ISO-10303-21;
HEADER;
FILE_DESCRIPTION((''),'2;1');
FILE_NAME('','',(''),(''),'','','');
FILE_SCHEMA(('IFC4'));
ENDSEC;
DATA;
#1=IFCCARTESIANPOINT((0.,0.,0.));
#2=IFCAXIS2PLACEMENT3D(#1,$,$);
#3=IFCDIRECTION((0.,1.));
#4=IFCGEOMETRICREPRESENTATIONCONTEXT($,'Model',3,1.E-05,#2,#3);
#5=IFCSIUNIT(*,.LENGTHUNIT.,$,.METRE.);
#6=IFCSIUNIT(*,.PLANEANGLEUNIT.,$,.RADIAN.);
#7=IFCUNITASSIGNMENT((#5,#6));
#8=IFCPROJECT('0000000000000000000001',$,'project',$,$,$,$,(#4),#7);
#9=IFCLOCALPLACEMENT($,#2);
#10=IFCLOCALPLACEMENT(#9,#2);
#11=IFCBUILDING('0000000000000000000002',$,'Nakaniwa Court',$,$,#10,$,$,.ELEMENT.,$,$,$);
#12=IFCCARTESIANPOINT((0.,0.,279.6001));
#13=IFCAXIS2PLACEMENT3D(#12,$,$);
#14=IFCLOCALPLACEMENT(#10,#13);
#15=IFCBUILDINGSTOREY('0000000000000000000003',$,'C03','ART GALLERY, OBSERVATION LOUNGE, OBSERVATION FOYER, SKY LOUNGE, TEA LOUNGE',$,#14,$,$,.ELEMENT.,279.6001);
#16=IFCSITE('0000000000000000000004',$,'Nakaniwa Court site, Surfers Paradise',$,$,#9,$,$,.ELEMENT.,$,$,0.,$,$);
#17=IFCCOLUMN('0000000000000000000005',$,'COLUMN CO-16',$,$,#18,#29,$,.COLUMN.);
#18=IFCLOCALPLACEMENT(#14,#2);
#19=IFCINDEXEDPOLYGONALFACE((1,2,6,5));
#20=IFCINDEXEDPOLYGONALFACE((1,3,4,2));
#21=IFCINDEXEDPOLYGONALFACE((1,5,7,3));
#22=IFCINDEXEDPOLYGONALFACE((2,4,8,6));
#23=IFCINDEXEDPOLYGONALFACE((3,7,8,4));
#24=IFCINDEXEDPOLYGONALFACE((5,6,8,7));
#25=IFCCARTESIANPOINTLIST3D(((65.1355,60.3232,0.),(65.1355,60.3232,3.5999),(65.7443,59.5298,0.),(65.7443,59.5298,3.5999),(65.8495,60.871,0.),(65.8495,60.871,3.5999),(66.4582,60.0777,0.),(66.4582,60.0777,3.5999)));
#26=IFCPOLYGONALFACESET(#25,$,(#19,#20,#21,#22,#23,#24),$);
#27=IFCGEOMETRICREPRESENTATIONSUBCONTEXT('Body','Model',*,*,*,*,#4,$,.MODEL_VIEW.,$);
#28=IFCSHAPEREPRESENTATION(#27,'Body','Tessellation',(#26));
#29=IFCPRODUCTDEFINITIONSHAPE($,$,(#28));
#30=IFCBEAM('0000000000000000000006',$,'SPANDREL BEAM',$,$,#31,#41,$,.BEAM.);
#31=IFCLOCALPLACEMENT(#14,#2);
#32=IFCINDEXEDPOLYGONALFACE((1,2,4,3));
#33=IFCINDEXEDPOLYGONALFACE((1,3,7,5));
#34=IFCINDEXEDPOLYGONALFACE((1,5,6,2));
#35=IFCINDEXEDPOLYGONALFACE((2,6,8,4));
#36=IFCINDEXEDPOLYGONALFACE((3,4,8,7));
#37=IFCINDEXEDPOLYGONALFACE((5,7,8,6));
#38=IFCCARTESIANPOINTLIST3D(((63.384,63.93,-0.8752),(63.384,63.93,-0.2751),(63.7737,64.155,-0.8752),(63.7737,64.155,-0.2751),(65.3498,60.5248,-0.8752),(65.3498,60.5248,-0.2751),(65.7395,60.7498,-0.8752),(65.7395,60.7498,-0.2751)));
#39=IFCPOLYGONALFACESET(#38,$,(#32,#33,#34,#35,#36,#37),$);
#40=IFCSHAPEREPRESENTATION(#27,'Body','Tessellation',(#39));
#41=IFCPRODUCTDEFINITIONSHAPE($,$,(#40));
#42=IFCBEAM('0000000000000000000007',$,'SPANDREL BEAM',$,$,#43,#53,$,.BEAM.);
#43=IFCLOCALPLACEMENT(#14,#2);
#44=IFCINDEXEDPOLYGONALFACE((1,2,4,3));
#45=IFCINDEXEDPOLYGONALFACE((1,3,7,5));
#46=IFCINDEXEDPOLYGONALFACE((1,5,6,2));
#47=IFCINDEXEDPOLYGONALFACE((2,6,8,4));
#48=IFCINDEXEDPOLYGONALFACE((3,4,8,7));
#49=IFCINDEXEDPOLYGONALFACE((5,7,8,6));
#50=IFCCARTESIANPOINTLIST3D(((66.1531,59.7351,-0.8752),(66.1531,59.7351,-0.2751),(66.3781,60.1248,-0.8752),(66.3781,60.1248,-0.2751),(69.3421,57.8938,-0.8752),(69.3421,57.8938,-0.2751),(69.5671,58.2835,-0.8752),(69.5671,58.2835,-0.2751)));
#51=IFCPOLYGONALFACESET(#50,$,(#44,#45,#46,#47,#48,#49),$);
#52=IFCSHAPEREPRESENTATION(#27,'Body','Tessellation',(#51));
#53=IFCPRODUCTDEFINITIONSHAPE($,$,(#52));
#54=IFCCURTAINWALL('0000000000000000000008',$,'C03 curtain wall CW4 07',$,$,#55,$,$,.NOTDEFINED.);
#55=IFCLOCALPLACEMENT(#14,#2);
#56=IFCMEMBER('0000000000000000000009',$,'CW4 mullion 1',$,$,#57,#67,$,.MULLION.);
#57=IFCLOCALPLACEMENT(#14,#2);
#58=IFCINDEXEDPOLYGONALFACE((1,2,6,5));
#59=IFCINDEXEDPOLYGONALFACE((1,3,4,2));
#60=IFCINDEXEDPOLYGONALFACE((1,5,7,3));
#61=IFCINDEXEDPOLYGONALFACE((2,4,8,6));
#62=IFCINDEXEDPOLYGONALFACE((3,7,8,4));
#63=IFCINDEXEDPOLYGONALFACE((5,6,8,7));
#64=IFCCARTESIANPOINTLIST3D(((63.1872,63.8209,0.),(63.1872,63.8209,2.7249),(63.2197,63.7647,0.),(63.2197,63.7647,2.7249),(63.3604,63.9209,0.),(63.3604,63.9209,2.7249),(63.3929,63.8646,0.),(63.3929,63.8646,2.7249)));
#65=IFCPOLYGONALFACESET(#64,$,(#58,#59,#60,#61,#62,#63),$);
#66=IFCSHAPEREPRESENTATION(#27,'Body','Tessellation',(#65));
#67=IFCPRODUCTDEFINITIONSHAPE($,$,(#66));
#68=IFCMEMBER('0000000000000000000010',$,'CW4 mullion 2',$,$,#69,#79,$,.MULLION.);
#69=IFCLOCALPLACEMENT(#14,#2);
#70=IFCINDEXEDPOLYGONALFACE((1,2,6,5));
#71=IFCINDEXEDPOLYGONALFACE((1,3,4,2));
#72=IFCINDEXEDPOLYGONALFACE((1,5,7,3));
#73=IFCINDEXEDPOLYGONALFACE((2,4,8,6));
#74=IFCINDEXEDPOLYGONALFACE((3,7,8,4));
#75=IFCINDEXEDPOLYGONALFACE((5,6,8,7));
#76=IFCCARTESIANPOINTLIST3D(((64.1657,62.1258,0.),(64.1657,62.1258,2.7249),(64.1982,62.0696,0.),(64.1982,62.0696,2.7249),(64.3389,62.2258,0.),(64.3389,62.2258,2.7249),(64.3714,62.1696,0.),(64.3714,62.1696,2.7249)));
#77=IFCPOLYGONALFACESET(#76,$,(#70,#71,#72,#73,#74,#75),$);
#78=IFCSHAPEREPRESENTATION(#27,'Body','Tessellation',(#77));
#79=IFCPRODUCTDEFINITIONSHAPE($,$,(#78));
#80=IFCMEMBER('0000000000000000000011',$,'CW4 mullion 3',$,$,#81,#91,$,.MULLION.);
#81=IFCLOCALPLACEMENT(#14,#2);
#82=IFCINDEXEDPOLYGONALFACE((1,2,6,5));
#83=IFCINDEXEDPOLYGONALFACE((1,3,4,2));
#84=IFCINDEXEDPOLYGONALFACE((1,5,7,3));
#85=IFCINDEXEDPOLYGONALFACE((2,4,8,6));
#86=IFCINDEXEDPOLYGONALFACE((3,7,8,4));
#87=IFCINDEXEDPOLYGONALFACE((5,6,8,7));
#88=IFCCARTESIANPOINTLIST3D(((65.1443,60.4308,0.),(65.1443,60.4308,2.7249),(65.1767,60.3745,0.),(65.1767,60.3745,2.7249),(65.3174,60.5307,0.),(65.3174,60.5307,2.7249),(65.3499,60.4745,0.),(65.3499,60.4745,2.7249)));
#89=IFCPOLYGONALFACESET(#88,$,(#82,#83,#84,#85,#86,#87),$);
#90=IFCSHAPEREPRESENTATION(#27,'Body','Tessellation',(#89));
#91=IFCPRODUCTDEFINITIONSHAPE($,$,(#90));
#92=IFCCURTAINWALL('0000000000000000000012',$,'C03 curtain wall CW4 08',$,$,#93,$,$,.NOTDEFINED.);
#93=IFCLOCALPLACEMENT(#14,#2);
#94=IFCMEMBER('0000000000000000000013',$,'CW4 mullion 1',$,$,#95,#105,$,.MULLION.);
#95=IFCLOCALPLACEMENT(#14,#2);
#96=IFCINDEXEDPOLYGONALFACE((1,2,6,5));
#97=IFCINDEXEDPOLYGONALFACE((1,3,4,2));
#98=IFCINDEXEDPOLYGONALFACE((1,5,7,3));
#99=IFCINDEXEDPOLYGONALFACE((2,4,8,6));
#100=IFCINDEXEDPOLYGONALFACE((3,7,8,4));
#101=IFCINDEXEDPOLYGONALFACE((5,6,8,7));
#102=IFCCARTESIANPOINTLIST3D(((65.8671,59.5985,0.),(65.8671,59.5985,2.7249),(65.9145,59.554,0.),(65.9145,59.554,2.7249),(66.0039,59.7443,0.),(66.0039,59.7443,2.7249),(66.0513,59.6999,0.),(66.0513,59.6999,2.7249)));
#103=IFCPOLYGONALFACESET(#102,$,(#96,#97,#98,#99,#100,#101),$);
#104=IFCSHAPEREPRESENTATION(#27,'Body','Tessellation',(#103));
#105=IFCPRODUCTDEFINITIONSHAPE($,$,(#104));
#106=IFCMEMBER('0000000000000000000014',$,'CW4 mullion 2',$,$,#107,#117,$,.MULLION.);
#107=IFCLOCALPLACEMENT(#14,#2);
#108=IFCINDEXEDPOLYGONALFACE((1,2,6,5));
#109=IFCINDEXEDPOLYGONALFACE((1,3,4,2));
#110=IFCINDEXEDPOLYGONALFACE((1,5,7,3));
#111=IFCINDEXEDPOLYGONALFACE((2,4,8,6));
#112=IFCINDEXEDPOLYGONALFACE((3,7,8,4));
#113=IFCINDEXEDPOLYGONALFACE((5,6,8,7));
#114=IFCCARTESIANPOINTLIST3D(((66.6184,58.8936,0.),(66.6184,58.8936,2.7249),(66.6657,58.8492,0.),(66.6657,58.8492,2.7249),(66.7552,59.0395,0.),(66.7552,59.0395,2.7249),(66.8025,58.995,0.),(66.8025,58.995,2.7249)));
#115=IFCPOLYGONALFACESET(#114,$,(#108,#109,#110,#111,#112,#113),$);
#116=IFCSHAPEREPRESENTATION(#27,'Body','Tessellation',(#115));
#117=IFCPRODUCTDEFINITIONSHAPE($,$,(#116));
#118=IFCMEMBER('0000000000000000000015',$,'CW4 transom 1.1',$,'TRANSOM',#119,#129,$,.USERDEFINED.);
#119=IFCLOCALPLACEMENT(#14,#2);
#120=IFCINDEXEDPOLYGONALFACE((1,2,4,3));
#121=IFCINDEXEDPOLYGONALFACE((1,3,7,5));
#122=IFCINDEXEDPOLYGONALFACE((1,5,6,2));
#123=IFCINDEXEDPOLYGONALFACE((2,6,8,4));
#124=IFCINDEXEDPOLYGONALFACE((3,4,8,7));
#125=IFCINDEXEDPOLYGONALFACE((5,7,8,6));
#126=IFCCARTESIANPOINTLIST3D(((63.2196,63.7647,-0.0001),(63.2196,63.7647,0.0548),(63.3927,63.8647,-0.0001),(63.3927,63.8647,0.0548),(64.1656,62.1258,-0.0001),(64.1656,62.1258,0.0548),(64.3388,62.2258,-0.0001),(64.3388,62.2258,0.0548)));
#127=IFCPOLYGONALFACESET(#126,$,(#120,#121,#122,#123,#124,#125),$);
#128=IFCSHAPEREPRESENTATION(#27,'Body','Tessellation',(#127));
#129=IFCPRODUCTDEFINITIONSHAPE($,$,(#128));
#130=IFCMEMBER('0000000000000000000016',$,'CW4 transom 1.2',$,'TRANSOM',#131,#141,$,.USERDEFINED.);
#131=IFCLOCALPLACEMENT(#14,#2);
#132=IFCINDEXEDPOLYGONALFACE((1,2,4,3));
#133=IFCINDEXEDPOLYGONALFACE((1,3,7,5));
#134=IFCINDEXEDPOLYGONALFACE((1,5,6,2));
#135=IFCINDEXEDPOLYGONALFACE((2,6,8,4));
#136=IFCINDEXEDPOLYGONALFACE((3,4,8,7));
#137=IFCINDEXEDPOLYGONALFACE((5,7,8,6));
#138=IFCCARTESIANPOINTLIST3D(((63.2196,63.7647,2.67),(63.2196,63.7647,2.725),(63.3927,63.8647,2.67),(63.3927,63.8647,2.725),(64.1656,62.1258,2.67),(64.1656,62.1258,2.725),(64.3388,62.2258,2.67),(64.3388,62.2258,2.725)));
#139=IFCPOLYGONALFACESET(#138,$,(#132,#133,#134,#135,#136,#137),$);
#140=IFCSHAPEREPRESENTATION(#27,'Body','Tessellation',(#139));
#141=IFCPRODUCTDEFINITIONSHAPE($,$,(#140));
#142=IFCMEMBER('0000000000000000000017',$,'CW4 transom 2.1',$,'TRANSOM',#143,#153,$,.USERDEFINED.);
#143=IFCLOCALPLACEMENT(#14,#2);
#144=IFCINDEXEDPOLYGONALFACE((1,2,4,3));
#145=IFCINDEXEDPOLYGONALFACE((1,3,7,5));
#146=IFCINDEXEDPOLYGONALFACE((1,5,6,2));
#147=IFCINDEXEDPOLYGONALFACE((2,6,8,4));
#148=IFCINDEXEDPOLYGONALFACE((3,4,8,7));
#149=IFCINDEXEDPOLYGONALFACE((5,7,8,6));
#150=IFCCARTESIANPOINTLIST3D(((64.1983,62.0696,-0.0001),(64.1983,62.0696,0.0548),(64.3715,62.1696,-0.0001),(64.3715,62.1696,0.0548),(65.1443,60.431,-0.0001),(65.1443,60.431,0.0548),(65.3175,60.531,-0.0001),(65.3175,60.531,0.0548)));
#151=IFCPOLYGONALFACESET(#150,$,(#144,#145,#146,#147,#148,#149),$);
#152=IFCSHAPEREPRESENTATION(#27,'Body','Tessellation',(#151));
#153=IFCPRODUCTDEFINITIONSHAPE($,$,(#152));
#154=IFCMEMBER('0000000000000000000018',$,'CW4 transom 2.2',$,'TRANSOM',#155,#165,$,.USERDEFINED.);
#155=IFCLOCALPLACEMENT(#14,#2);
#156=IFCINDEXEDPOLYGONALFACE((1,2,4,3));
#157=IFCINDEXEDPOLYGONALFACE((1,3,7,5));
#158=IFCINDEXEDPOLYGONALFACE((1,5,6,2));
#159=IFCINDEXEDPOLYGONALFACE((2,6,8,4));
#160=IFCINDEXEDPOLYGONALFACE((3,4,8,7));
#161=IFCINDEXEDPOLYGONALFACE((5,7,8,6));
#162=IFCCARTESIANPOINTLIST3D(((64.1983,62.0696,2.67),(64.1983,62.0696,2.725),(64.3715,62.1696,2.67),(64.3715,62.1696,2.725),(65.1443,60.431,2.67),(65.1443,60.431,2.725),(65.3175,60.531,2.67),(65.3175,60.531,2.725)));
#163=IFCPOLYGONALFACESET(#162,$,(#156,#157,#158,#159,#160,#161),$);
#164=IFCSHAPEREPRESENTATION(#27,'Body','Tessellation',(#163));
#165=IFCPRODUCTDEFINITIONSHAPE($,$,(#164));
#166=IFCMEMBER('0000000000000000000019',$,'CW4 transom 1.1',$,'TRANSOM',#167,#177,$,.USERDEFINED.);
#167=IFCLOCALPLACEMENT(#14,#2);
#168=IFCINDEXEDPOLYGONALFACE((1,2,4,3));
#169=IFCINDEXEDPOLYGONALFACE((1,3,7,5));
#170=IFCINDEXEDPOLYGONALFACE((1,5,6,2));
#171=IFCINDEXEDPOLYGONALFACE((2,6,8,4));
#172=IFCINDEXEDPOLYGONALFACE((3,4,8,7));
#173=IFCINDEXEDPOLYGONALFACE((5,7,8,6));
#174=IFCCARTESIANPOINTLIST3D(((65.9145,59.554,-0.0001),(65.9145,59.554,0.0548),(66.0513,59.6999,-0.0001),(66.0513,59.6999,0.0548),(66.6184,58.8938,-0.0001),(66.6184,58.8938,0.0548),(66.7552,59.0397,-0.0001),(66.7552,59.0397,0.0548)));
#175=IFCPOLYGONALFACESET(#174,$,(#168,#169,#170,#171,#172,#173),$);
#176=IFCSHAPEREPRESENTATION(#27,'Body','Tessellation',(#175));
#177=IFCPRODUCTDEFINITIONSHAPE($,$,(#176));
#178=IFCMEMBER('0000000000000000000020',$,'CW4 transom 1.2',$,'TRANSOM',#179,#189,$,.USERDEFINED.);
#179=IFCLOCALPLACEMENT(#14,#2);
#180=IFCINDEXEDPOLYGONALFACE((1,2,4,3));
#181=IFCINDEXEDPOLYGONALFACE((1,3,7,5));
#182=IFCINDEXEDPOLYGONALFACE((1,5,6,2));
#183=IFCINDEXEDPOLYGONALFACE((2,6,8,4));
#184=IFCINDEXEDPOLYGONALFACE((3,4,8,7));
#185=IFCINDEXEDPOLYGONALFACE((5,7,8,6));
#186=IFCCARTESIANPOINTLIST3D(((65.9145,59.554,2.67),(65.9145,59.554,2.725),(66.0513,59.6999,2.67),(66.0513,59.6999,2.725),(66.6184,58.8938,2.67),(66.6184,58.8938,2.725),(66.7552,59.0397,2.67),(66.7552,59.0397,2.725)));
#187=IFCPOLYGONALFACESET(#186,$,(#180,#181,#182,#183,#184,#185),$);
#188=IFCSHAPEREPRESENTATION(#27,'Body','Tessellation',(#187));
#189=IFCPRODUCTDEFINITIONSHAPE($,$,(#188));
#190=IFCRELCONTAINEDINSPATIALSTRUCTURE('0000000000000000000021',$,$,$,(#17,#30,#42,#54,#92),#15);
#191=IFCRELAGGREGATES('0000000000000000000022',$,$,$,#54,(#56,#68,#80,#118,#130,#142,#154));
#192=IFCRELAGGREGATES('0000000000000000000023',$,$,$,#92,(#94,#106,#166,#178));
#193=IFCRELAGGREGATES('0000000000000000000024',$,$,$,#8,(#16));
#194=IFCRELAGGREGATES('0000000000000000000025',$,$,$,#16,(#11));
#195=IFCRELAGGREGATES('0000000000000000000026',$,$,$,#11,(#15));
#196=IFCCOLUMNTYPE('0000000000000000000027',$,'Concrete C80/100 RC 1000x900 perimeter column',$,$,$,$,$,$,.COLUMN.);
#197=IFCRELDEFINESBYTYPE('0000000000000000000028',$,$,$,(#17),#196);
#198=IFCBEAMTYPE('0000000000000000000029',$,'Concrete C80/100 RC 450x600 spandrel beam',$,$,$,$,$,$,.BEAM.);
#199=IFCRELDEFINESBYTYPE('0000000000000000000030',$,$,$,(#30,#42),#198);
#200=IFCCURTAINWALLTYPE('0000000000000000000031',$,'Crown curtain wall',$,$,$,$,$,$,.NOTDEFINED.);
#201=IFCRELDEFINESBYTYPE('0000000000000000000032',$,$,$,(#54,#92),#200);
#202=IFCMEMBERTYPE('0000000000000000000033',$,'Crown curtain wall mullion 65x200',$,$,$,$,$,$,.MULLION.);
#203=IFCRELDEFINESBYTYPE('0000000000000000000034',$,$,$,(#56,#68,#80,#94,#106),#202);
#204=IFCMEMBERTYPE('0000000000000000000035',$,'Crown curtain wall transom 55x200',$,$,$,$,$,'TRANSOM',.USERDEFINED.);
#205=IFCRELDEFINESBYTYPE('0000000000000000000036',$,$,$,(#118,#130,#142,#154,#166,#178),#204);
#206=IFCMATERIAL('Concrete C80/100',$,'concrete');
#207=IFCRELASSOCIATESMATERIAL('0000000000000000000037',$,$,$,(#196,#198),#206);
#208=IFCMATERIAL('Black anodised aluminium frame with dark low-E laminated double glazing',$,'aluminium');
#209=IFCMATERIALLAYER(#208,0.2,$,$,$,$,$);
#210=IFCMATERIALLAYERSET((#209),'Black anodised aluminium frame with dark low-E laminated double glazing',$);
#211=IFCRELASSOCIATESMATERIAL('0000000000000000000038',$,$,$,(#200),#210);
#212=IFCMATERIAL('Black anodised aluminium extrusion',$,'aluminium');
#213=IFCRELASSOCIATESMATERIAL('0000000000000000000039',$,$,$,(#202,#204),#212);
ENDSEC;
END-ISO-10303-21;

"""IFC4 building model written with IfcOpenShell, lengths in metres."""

from ifc_helpers import new_model, si_unit, direction, frame, origin, origin_2d, place, context, subcontext, project, spatial, rectangle, extrude, material, layer, layer_set, material_profile, profile_set, type_object, element, aggregate, save


model = new_model("IFC4")

# Units and contexts
model_context = context("Model", 3, precision=1e-05, world=origin(), true_north=direction((0.0, 1.0)))
body_context = subcontext(model_context, "Body", "Model", "MODEL_VIEW")
ifc_project = project(units=[si_unit("LENGTHUNIT", "METRE"), si_unit("PLANEANGLEUNIT", "RADIAN")], contexts=[model_context])

# Site, building, storey
site_placement = place(None, origin())
site = spatial("IfcSite", under=ifc_project, at=site_placement, Name="Nakaniwa Court site, Surfers Paradise", CompositionType="ELEMENT", RefElevation=0.0)
building_placement = place(site_placement, origin())
building = spatial("IfcBuilding", under=site, at=building_placement, Name="Nakaniwa Court", CompositionType="ELEMENT")
storey_placement = place(building_placement, frame((0.0, 0.0, 279.6001)))
storey = spatial("IfcBuildingStorey", under=building, at=storey_placement, Name="C03", Description="ART GALLERY, OBSERVATION LOUNGE, OBSERVATION FOYER, SKY LOUNGE, TEA LOUNGE", CompositionType="ELEMENT", Elevation=279.6001)

# Column
ifc_material_1 = material(Name="Concrete C80/100", Category="concrete")
ifc_material_profile_1 = material_profile(ifc_material_1, rectangle(XDim=1.0, YDim=0.8999, at=origin_2d()), Name="Concrete C80/100 RC 1000x900 perimeter column")
ifc_profile_set_1 = profile_set([ifc_material_profile_1], Name="Concrete C80/100")
column_type = type_object("IfcColumnType", Name="Concrete C80/100 RC 1000x900 perimeter column", PredefinedType="COLUMN", material=ifc_profile_set_1)
column_placement = place(storey_placement, frame((65.7969, 60.2004, 0.0), z_axis=(0.0, 0.0, 1.0), x_axis=(0.608761, -0.793353, 0.0)))
element("IfcColumn", 1, at=column_placement, inside=storey, type_object=column_type, Name="COLUMN CO-16", PredefinedType="COLUMN", context=body_context, shape_type="SweptSolid", body=[
    extrude(rectangle(XDim=1.0, YDim=0.8999, at=origin_2d()), origin(), (0.0, 0.0, 1.0), 3.5999),
])

# Beams
ifc_material_profile_2 = material_profile(ifc_material_1, rectangle(XDim=0.45, YDim=0.6001, at=origin_2d()), Name="Concrete C80/100 RC 450x600 spandrel beam")
ifc_profile_set_2 = profile_set([ifc_material_profile_2], Name="Concrete C80/100")
beam_type = type_object("IfcBeamType", Name="Concrete C80/100 RC 450x600 spandrel beam", PredefinedType="BEAM", material=ifc_profile_set_2)
beam_1_placement = place(storey_placement, frame((63.5789, 64.0425, -0.5752), z_axis=(0.499959, -0.866049, 0.0), x_axis=(0.866049, 0.499959, 0.0)))
element("IfcBeam", 2, at=beam_1_placement, inside=storey, type_object=beam_type, Name="SPANDREL BEAM", PredefinedType="BEAM", context=body_context, shape_type="SweptSolid", body=[
    extrude(rectangle(XDim=0.45, YDim=0.6001, at=origin_2d()), origin(), (0.0, 0.0, 1.0), 3.9319),
])
beam_2_placement = place(storey_placement, frame((66.2656, 59.9299, -0.5752), z_axis=(0.866007, -0.500032, 0.0), x_axis=(0.500032, 0.866007, 0.0)))
element("IfcBeam", 3, at=beam_2_placement, inside=storey, type_object=beam_type, Name="SPANDREL BEAM", PredefinedType="BEAM", context=body_context, shape_type="SweptSolid", body=[
    extrude(rectangle(XDim=0.45, YDim=0.6001, at=origin_2d()), origin(), (0.0, 0.0, 1.0), 3.6824),
])

# Curtain walls, members
ifc_material_2 = material(Name="Black anodised aluminium frame with dark low-E laminated double glazing", Category="aluminium")
ifc_layer_1 = layer(ifc_material_2, 0.2)
ifc_layer_set_1 = layer_set([ifc_layer_1], Name="Black anodised aluminium frame with dark low-E laminated double glazing")
curtain_wall_type = type_object("IfcCurtainWallType", Name="Crown curtain wall", PredefinedType="NOTDEFINED", material=ifc_layer_set_1)
curtain_wall_1_placement = place(storey_placement, origin())
curtain_wall_1 = element("IfcCurtainWall", 4, at=curtain_wall_1_placement, inside=storey, type_object=curtain_wall_type, Name="C03 curtain wall CW4 07", PredefinedType="NOTDEFINED")
ifc_material_3 = material(Name="Black anodised aluminium extrusion", Category="aluminium")
ifc_material_profile_3 = material_profile(ifc_material_3, rectangle(XDim=0.2, YDim=0.0649, at=origin_2d()), Name="Crown curtain wall mullion 65x200")
ifc_profile_set_3 = profile_set([ifc_material_profile_3], Name="Black anodised aluminium extrusion")
member_type_1 = type_object("IfcMemberType", Name="Crown curtain wall mullion 65x200", PredefinedType="MULLION", material=ifc_profile_set_3)
member_1_placement = place(storey_placement, frame((63.29, 63.8428, 0.0), z_axis=(0.0, 0.0, 1.0), x_axis=(0.866028, 0.499996, 0.0)))
member_1 = element("IfcMember", 5, at=member_1_placement, type_object=member_type_1, Name="CW4 mullion 1", PredefinedType="MULLION", context=body_context, shape_type="SweptSolid", body=[
    extrude(rectangle(XDim=0.2, YDim=0.0649, at=origin_2d()), origin(), (0.0, 0.0, 1.0), 2.7249),
])
member_2_placement = place(storey_placement, frame((64.2686, 62.1477, 0.0), z_axis=(0.0, 0.0, 1.0), x_axis=(0.866028, 0.499996, 0.0)))
member_2 = element("IfcMember", 6, at=member_2_placement, type_object=member_type_1, Name="CW4 mullion 2", PredefinedType="MULLION", context=body_context, shape_type="SweptSolid", body=[
    extrude(rectangle(XDim=0.2, YDim=0.0649, at=origin_2d()), origin(), (0.0, 0.0, 1.0), 2.7249),
])
member_3_placement = place(storey_placement, frame((65.2471, 60.4526, 0.0), z_axis=(0.0, 0.0, 1.0), x_axis=(0.866028, 0.499996, 0.0)))
member_3 = element("IfcMember", 7, at=member_3_placement, type_object=member_type_1, Name="CW4 mullion 3", PredefinedType="MULLION", context=body_context, shape_type="SweptSolid", body=[
    extrude(rectangle(XDim=0.2, YDim=0.0649, at=origin_2d()), origin(), (0.0, 0.0, 1.0), 2.7249),
])
curtain_wall_2_placement = place(storey_placement, origin())
curtain_wall_2 = element("IfcCurtainWall", 8, at=curtain_wall_2_placement, inside=storey, type_object=curtain_wall_type, Name="C03 curtain wall CW4 08", PredefinedType="NOTDEFINED")
member_4_placement = place(storey_placement, frame((65.9592, 59.6492, 0.0), z_axis=(0.0, 0.0, 1.0), x_axis=(0.684182, 0.729311, 0.0)))
member_4 = element("IfcMember", 9, at=member_4_placement, type_object=member_type_1, Name="CW4 mullion 1", PredefinedType="MULLION", context=body_context, shape_type="SweptSolid", body=[
    extrude(rectangle(XDim=0.2, YDim=0.0649, at=origin_2d()), origin(), (0.0, 0.0, 1.0), 2.7249),
])
member_5_placement = place(storey_placement, frame((66.7104, 58.9443, 0.0), z_axis=(0.0, 0.0, 1.0), x_axis=(0.684182, 0.729311, 0.0)))
member_5 = element("IfcMember", 10, at=member_5_placement, type_object=member_type_1, Name="CW4 mullion 2", PredefinedType="MULLION", context=body_context, shape_type="SweptSolid", body=[
    extrude(rectangle(XDim=0.2, YDim=0.0649, at=origin_2d()), origin(), (0.0, 0.0, 1.0), 2.7249),
])

# Members
ifc_material_profile_4 = material_profile(ifc_material_3, rectangle(XDim=0.2, YDim=0.0549, at=origin_2d()), Name="Crown curtain wall transom 55x200")
ifc_profile_set_4 = profile_set([ifc_material_profile_4], Name="Black anodised aluminium extrusion")
member_type_2 = type_object("IfcMemberType", Name="Crown curtain wall transom 55x200", ElementType="TRANSOM", PredefinedType="USERDEFINED", material=ifc_profile_set_4)
member_6_placement = place(storey_placement, frame((63.3062, 63.8147, 0.0273), z_axis=(0.499927, -0.866067, 0.0), x_axis=(0.866067, 0.499927, 0.0)))
member_6 = element("IfcMember", 11, at=member_6_placement, type_object=member_type_2, Name="CW4 transom 1.1", ObjectType="TRANSOM", PredefinedType="USERDEFINED", context=body_context, shape_type="SweptSolid", body=[
    extrude(rectangle(XDim=0.2, YDim=0.0549, at=origin_2d()), origin(), (0.0, 0.0, 1.0), 1.8923),
])
member_7_placement = place(storey_placement, frame((63.3062, 63.8147, 2.6975), z_axis=(0.499927, -0.866067, 0.0), x_axis=(0.866067, 0.499927, 0.0)))
member_7 = element("IfcMember", 12, at=member_7_placement, type_object=member_type_2, Name="CW4 transom 1.2", ObjectType="TRANSOM", PredefinedType="USERDEFINED", context=body_context, shape_type="SweptSolid", body=[
    extrude(rectangle(XDim=0.2, YDim=0.0549, at=origin_2d()), origin(), (0.0, 0.0, 1.0), 1.8923),
])
member_8_placement = place(storey_placement, frame((64.2849, 62.1196, 0.0273), z_axis=(0.499983, -0.866035, 0.0), x_axis=(0.866035, 0.499983, 0.0)))
member_8 = element("IfcMember", 13, at=member_8_placement, type_object=member_type_2, Name="CW4 transom 2.1", ObjectType="TRANSOM", PredefinedType="USERDEFINED", context=body_context, shape_type="SweptSolid", body=[
    extrude(rectangle(XDim=0.2, YDim=0.0549, at=origin_2d()), origin(), (0.0, 0.0, 1.0), 1.8921),
])
member_9_placement = place(storey_placement, frame((64.2849, 62.1196, 2.6975), z_axis=(0.499983, -0.866035, 0.0), x_axis=(0.866035, 0.499983, 0.0)))
member_9 = element("IfcMember", 14, at=member_9_placement, type_object=member_type_2, Name="CW4 transom 2.2", ObjectType="TRANSOM", PredefinedType="USERDEFINED", context=body_context, shape_type="SweptSolid", body=[
    extrude(rectangle(XDim=0.2, YDim=0.0549, at=origin_2d()), origin(), (0.0, 0.0, 1.0), 1.8921),
])
member_10_placement = place(storey_placement, frame((65.9829, 59.627, 0.0273), z_axis=(0.729387, -0.684101, 0.0), x_axis=(0.684101, 0.729387, 0.0)))
member_10 = element("IfcMember", 15, at=member_10_placement, type_object=member_type_2, Name="CW4 transom 1.1", ObjectType="TRANSOM", PredefinedType="USERDEFINED", context=body_context, shape_type="SweptSolid", body=[
    extrude(rectangle(XDim=0.2, YDim=0.0549, at=origin_2d()), origin(), (0.0, 0.0, 1.0), 0.9651),
])
member_11_placement = place(storey_placement, frame((65.9829, 59.627, 2.6975), z_axis=(0.729387, -0.684101, 0.0), x_axis=(0.684101, 0.729387, 0.0)))
member_11 = element("IfcMember", 16, at=member_11_placement, type_object=member_type_2, Name="CW4 transom 1.2", ObjectType="TRANSOM", PredefinedType="USERDEFINED", context=body_context, shape_type="SweptSolid", body=[
    extrude(rectangle(XDim=0.2, YDim=0.0549, at=origin_2d()), origin(), (0.0, 0.0, 1.0), 0.9651),
])

aggregate(curtain_wall_1, [member_1, member_2, member_3, member_6, member_7, member_8, member_9])
aggregate(curtain_wall_2, [member_4, member_5, member_10, member_11])

save(model, "model.ifc")
